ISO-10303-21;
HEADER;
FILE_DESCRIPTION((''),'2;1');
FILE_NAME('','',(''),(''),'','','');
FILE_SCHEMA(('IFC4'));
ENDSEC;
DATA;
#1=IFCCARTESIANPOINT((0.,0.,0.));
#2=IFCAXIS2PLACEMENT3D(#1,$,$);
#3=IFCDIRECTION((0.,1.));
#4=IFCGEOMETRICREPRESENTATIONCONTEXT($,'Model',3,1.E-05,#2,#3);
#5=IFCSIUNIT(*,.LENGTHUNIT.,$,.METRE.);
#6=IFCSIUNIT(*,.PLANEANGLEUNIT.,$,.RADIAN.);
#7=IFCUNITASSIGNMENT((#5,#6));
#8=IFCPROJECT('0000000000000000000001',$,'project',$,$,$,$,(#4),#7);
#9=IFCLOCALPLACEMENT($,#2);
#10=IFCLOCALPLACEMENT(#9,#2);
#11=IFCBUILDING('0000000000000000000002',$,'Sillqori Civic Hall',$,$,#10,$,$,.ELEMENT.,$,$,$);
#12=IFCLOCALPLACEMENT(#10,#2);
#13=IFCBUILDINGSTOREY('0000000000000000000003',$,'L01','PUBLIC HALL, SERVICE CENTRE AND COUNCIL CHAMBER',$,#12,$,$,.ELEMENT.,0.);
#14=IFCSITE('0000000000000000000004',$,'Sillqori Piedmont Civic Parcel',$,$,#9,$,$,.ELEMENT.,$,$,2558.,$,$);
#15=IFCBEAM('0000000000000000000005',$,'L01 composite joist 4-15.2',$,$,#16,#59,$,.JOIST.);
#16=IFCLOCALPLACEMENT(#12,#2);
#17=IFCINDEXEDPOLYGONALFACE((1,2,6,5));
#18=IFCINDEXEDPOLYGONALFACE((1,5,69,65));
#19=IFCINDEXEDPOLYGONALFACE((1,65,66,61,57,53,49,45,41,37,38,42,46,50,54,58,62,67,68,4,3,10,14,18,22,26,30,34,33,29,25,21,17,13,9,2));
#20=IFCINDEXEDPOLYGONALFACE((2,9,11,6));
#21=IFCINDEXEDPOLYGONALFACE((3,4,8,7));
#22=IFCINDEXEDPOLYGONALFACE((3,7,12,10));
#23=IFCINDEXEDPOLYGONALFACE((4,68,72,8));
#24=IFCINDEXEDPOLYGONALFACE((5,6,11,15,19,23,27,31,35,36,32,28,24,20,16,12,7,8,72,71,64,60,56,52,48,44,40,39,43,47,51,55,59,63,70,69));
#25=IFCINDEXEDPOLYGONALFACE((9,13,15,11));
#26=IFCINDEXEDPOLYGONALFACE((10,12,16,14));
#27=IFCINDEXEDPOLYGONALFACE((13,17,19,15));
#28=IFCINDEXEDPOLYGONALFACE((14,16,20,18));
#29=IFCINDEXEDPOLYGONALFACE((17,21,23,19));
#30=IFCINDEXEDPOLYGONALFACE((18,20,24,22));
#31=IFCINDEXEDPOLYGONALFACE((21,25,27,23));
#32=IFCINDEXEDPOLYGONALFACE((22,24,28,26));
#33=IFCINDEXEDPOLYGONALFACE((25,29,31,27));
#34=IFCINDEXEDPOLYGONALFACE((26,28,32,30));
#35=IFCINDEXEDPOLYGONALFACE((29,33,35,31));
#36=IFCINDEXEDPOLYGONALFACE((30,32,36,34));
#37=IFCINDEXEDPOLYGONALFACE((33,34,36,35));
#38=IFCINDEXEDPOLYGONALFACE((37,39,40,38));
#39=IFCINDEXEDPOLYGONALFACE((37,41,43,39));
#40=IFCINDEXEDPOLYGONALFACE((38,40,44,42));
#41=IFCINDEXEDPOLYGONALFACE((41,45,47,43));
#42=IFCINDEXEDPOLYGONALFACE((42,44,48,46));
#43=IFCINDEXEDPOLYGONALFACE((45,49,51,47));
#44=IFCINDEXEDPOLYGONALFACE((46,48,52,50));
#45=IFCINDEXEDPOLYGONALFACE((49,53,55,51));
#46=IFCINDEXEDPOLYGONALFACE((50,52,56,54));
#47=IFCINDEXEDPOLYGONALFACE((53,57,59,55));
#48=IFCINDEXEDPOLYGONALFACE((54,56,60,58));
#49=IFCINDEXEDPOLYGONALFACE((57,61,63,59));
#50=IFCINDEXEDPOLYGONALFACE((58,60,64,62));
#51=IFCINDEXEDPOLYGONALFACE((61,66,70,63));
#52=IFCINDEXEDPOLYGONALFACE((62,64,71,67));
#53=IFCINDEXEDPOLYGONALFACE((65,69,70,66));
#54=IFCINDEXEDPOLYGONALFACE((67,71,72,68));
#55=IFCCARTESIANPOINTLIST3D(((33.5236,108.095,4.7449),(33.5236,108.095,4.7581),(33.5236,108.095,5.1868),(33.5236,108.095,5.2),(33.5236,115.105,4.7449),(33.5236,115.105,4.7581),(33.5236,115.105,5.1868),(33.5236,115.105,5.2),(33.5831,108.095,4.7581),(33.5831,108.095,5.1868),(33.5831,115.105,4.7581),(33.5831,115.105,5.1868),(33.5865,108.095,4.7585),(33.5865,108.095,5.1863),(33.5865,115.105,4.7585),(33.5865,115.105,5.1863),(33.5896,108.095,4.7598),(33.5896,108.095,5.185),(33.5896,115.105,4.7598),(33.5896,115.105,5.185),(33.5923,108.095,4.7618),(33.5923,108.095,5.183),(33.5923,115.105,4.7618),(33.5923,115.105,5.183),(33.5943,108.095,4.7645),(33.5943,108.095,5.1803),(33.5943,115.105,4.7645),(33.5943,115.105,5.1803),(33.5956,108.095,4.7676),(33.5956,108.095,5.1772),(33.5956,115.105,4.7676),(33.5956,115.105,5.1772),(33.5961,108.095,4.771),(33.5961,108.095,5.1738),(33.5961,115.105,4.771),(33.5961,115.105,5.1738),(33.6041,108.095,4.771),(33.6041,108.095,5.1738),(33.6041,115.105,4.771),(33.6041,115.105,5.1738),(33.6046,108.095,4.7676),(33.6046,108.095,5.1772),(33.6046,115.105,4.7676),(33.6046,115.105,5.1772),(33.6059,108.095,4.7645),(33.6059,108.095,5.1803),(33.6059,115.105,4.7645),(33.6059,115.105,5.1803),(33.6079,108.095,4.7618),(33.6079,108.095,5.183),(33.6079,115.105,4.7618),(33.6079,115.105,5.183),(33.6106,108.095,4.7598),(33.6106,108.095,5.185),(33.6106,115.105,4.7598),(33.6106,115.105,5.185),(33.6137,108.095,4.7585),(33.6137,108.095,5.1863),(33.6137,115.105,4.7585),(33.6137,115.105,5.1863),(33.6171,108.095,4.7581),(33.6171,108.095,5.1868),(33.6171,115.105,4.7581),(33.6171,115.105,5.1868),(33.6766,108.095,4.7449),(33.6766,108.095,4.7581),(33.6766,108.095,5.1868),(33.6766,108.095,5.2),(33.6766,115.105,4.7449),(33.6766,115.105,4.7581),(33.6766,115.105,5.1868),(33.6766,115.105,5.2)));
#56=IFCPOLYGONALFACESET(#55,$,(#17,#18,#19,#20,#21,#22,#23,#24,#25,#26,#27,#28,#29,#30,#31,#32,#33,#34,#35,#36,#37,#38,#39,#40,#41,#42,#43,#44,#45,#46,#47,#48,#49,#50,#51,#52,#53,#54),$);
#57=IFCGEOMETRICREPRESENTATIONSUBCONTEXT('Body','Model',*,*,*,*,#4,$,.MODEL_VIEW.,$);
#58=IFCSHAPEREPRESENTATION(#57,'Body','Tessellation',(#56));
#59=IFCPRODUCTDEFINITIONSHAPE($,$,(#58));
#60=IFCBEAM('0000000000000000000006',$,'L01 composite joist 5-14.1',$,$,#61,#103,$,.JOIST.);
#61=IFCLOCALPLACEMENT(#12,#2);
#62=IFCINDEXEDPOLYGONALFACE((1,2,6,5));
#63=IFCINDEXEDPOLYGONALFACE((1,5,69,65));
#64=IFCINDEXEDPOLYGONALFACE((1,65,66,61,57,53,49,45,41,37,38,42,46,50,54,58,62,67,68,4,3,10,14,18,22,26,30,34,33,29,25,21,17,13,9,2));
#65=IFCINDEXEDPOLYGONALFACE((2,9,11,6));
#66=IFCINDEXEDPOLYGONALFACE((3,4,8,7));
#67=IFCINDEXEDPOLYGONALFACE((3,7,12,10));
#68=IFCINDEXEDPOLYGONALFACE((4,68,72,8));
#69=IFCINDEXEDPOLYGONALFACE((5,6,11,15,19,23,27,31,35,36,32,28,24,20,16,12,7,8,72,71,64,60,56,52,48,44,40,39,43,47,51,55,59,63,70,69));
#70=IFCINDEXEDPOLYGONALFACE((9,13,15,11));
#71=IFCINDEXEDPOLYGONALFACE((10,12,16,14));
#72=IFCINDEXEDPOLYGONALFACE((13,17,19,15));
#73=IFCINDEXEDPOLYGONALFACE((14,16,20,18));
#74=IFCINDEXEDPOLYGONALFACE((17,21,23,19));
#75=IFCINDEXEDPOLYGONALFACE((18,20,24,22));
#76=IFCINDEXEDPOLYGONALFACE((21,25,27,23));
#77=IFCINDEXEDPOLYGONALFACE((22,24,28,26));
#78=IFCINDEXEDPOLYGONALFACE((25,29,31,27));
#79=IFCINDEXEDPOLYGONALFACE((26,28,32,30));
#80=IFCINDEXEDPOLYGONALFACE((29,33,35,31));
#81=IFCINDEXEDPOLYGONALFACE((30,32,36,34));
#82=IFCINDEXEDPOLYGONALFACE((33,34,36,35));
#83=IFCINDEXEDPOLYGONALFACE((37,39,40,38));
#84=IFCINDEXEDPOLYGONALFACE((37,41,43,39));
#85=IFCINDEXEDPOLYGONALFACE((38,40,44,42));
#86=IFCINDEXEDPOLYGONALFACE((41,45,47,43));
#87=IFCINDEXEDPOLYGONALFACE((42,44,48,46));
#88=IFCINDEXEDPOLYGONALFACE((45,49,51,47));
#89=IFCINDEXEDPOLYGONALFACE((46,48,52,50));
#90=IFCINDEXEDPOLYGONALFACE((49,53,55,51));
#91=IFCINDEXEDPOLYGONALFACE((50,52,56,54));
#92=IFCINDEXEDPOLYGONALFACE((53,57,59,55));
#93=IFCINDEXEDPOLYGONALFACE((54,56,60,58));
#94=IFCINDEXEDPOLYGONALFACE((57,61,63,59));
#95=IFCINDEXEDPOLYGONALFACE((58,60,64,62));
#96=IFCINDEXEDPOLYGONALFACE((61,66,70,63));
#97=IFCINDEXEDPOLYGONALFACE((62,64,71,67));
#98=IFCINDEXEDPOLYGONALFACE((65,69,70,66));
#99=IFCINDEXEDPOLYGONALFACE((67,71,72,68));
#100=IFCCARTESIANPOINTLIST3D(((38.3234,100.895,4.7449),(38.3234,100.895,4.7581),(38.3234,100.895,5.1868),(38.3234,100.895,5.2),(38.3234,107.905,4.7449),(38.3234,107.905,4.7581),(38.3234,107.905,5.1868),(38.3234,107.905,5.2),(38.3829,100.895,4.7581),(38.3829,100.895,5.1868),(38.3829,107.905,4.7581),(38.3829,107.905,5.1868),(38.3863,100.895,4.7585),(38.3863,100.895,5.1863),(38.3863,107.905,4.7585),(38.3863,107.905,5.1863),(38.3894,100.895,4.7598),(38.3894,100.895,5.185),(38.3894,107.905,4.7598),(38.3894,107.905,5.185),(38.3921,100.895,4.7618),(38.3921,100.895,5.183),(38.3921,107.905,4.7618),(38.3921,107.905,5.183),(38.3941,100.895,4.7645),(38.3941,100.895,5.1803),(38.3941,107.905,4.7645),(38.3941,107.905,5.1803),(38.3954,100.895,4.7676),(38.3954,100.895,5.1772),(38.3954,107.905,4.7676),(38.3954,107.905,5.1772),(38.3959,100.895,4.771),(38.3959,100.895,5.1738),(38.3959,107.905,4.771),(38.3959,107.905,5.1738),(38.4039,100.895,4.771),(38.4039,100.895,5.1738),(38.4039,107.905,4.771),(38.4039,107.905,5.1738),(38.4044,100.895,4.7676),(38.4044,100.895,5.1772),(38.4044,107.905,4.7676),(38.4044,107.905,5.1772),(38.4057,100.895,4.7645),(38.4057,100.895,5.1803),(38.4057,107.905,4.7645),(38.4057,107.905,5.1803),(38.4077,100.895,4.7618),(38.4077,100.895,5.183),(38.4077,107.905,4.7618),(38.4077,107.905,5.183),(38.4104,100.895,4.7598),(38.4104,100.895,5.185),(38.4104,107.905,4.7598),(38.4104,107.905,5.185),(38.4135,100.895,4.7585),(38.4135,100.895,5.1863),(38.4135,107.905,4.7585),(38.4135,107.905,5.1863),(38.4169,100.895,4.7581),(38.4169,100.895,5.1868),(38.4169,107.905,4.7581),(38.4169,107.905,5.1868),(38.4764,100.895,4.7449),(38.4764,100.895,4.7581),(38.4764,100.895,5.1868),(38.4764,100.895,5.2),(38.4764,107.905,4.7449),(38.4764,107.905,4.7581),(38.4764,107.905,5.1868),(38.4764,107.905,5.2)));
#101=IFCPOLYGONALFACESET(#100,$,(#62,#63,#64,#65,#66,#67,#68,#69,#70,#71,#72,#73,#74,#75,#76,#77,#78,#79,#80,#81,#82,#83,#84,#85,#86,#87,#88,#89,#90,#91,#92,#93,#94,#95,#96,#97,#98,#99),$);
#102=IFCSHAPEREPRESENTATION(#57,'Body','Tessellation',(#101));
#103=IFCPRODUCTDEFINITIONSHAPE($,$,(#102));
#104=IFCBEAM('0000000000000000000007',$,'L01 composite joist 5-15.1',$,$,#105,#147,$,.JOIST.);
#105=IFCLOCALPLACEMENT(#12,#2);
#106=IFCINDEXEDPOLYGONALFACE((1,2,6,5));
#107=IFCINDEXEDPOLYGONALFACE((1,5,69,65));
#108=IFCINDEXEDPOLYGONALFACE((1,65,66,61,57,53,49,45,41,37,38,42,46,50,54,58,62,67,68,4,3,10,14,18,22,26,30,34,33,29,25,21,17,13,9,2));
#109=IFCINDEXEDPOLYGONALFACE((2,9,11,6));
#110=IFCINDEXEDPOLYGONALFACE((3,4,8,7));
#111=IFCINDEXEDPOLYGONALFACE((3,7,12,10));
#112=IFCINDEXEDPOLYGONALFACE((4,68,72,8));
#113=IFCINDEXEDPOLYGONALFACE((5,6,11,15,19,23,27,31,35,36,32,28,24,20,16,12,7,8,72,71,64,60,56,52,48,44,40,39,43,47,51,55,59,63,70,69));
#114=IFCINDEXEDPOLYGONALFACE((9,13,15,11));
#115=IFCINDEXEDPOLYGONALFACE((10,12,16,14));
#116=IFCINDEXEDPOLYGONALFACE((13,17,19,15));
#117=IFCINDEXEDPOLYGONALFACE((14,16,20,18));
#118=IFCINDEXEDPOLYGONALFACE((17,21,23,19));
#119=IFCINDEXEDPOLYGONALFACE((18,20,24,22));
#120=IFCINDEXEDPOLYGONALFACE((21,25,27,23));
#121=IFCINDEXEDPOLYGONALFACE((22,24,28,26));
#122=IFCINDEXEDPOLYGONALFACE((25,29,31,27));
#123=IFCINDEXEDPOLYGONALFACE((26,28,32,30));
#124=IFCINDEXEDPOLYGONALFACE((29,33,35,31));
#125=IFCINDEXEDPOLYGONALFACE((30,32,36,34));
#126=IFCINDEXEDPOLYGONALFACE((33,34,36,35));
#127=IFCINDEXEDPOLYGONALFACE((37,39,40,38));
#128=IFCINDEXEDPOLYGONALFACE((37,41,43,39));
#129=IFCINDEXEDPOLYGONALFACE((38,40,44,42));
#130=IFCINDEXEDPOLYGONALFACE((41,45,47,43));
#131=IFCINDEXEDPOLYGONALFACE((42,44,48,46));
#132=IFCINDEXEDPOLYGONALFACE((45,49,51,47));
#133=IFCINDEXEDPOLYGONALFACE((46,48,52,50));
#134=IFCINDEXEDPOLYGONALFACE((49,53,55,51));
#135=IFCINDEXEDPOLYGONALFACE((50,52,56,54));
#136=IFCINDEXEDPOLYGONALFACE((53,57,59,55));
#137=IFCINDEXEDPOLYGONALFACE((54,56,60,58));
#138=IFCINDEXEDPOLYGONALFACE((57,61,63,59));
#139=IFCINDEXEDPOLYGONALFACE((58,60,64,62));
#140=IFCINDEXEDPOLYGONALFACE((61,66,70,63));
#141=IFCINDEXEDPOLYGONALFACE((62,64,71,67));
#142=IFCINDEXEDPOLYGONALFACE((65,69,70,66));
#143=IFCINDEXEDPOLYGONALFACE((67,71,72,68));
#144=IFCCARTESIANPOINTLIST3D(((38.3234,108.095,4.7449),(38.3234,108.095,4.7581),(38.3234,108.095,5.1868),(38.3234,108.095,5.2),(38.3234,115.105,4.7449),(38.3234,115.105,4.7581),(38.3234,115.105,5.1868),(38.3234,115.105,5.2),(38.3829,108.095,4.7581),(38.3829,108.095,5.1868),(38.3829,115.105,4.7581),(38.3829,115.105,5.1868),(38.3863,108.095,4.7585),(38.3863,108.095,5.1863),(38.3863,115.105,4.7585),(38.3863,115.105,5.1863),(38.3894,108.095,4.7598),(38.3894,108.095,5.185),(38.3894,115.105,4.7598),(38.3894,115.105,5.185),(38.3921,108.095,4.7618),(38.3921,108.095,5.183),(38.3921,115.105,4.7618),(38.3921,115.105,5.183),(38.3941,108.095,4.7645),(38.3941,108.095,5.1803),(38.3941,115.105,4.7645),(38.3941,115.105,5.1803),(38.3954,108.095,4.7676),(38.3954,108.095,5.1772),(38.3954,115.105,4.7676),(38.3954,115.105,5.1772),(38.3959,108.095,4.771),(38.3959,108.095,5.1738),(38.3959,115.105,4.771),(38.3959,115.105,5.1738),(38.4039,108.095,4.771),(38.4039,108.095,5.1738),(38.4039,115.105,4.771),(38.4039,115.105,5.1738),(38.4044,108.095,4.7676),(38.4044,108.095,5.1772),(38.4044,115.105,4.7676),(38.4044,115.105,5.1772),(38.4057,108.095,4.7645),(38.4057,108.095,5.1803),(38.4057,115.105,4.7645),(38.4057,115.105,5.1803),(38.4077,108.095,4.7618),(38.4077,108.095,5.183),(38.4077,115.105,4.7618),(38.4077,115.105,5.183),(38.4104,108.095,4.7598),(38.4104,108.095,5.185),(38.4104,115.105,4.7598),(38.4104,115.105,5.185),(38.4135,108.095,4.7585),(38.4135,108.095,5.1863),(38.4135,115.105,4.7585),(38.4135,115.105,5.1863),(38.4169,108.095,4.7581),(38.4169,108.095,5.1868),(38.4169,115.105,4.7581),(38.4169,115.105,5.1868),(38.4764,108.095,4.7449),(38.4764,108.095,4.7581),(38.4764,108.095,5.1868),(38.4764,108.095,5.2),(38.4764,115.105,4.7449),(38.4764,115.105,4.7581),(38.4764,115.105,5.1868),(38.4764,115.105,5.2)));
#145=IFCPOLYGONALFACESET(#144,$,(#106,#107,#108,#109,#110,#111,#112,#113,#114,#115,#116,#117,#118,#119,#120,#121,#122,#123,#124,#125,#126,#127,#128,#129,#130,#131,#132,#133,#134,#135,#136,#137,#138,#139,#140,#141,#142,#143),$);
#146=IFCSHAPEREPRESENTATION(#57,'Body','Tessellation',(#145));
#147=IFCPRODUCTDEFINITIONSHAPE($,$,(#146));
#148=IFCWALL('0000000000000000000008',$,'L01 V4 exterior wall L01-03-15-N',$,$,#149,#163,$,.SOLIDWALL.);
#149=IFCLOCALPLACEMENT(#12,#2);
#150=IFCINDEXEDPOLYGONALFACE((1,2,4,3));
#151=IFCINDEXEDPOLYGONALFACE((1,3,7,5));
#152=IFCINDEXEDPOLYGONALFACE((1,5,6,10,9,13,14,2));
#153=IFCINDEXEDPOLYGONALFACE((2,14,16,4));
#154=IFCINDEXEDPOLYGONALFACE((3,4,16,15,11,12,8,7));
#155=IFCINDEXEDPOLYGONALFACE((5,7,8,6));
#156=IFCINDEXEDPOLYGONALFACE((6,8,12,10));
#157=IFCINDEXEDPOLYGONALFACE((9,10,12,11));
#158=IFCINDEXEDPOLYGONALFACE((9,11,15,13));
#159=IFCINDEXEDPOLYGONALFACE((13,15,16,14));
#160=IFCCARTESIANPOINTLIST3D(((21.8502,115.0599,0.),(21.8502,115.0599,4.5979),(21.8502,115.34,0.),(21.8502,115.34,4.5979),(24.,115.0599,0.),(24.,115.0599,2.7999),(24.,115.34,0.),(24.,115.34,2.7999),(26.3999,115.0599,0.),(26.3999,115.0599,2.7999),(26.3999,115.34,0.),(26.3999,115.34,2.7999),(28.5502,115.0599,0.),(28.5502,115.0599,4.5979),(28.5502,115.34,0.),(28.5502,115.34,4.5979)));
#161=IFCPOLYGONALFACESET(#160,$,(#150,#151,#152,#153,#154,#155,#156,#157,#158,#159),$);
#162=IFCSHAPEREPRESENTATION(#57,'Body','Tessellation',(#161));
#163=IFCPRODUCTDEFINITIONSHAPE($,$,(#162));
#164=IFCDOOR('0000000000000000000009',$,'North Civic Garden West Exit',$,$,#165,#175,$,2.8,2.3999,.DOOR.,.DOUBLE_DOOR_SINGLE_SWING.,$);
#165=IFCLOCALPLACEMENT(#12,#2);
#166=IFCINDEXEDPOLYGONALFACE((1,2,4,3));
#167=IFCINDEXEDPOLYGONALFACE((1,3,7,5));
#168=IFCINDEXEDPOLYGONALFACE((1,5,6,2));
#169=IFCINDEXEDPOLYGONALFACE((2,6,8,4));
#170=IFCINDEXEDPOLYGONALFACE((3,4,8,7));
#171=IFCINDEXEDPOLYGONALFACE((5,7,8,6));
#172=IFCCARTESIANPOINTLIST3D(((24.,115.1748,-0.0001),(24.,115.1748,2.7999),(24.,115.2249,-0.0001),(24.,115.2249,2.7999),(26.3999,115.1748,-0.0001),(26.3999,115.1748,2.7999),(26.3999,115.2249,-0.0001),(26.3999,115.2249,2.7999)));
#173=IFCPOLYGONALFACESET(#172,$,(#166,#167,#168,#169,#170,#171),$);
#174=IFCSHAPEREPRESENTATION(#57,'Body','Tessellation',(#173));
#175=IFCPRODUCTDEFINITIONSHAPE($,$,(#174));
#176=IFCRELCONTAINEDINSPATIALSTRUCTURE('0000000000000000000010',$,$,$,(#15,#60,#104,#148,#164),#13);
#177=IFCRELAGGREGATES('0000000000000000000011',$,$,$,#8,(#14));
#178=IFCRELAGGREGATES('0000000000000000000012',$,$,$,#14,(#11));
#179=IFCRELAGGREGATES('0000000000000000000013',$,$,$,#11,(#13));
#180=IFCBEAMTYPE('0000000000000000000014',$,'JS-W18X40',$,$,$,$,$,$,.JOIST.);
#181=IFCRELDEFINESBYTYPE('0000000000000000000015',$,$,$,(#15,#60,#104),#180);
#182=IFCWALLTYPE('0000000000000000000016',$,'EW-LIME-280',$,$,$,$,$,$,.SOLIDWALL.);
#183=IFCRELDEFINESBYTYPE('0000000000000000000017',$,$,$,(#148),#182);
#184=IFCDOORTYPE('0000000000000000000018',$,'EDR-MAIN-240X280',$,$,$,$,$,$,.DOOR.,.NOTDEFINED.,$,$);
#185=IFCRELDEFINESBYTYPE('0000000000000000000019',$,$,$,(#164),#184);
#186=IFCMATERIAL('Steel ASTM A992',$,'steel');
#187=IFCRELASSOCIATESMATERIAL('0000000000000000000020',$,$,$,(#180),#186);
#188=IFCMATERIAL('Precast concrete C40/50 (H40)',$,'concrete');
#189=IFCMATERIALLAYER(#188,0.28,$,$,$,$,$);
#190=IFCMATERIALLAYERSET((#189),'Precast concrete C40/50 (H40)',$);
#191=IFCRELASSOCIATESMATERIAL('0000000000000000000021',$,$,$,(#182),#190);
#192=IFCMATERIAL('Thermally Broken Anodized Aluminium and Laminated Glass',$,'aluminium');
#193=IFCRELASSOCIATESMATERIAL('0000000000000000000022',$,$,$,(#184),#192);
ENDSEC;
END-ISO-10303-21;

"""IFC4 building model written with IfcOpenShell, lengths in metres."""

from ifc_helpers import new_model, si_unit, direction, frame, frame_2d, origin, origin_2d, place, context, subcontext, project, spatial, rectangle, i_section, extrude, material, layer, layer_set, material_profile, profile_set, type_object, element, fill, save


model = new_model("IFC4")

# Units and contexts
model_context = context("Model", 3, precision=1e-05, world=origin(), true_north=direction((0.0, 1.0)))
body_context = subcontext(model_context, "Body", "Model", "MODEL_VIEW")
ifc_project = project(units=[si_unit("LENGTHUNIT", "METRE"), si_unit("PLANEANGLEUNIT", "RADIAN")], contexts=[model_context])

# Site, building, storey
site_placement = place(None, origin())
site = spatial("IfcSite", under=ifc_project, at=site_placement, Name="Sillqori Piedmont Civic Parcel", CompositionType="ELEMENT", RefElevation=2558.0)
building_placement = place(site_placement, origin())
building = spatial("IfcBuilding", under=site, at=building_placement, Name="Sillqori Civic Hall", CompositionType="ELEMENT")
storey_placement = place(building_placement, origin())
storey = spatial("IfcBuildingStorey", under=building, at=storey_placement, Name="L01", Description="PUBLIC HALL, SERVICE CENTRE AND COUNCIL CHAMBER", CompositionType="ELEMENT", Elevation=0.0)

# Shared definitions
ifc_material_1 = material(Name="Steel ASTM A992", Category="steel")

# Beams
ifc_material_profile_1 = material_profile(ifc_material_1, i_section(OverallWidth=0.1531, OverallDepth=0.4551, WebThickness=0.0081, FlangeThickness=0.0132, FilletRadius=0.0129, at=origin_2d()), Name="W18X40")
ifc_profile_set_1 = profile_set([ifc_material_profile_1], Name="Steel ASTM A992")
beam_type_1 = type_object("IfcBeamType", Name="JS-W18X40", PredefinedType="JOIST", material=ifc_profile_set_1)
for number, where, z_axis, x_axis, name in (
    (1, (33.6001, 108.095, 4.9724), (0.0, 1.0, 0.0), (-1.0, 0.0, 0.0), "L01 composite joist 4-15.2"),
    (2, (38.3999, 100.895, 4.9724), (0.0, 1.0, 0.0), (-1.0, 0.0, 0.0), "L01 composite joist 5-14.1"),
    (3, (38.3999, 108.095, 4.9724), (0.0, 1.0, 0.0), (-1.0, 0.0, 0.0), "L01 composite joist 5-15.1"),
):
    element("IfcBeam", number, at=place(storey_placement, frame(where, z_axis=z_axis, x_axis=x_axis)), inside=storey, type_object=beam_type_1, Name=name, PredefinedType="JOIST", context=body_context, shape_type="SweptSolid", body=[
        extrude(i_section(OverallWidth=0.1531, OverallDepth=0.4551, WebThickness=0.0081, FlangeThickness=0.0132, FilletRadius=0.0129, at=origin_2d()), origin(), (0.0, 0.0, 1.0), 7.01),
    ])

# Wall, opening, door
ifc_material_2 = material(Name="Precast concrete C40/50 (H40)", Category="concrete")
ifc_layer_1 = layer(ifc_material_2, 0.28)
ifc_layer_set_1 = layer_set([ifc_layer_1], Name="Precast concrete C40/50 (H40)")
wall_type = type_object("IfcWallType", Name="EW-LIME-280", PredefinedType="SOLIDWALL", material=ifc_layer_set_1)
wall_1_placement = place(storey_placement, frame((21.8501, 115.2, 0.0), z_axis=(0.0, 0.0, 1.0), x_axis=(1.0, 0.0, 0.0)))
wall_1 = element("IfcWall", 4, at=wall_1_placement, inside=storey, type_object=wall_type, Name="L01 V4 exterior wall L01-03-15-N", PredefinedType="SOLIDWALL", context=body_context, shape_type="SweptSolid", body=[
    extrude(rectangle(XDim=6.7, YDim=0.28, at=frame_2d((3.3501, 0.0))), origin(), (0.0, 0.0, 1.0), 4.5979),
])
opening_1_placement = place(wall_1_placement, frame((2.1499, 0.0, 0.0)))
opening_1 = element("IfcOpeningElement", 5, at=opening_1_placement, cuts=wall_1, PredefinedType="OPENING", context=body_context, shape_type="SweptSolid", body=[
    extrude(rectangle(XDim=2.3999, YDim=2.8, at=frame_2d((1.2, 1.3999))), frame((0.0, 0.1499, 0.0), z_axis=(0.0, -1.0, 0.0), x_axis=(1.0, 0.0, 0.0)), (0.0, 0.0, 1.0), 0.3),
])
ifc_material_3 = material(Name="Thermally Broken Anodized Aluminium and Laminated Glass", Category="aluminium")
door_type = type_object("IfcDoorType", Name="EDR-MAIN-240X280", OperationType="NOTDEFINED", PredefinedType="DOOR", material=ifc_material_3)
door_1_placement = place(opening_1_placement, origin())
door_1 = element("IfcDoor", 6, at=door_1_placement, inside=storey, type_object=door_type, Name="North Civic Garden West Exit", OperationType="DOUBLE_DOOR_SINGLE_SWING", OverallHeight=2.8, OverallWidth=2.3999, PredefinedType="DOOR", context=body_context, shape_type="SweptSolid", body=[
    extrude(rectangle(XDim=2.3999, YDim=2.8, at=frame_2d((1.2, 1.3999))), frame((0.0, 0.0249, 0.0), z_axis=(0.0, -1.0, 0.0), x_axis=(1.0, 0.0, 0.0)), (0.0, 0.0, 1.0), 0.05),
])
fill(opening_1, door_1)

save(model, "model.ifc")
